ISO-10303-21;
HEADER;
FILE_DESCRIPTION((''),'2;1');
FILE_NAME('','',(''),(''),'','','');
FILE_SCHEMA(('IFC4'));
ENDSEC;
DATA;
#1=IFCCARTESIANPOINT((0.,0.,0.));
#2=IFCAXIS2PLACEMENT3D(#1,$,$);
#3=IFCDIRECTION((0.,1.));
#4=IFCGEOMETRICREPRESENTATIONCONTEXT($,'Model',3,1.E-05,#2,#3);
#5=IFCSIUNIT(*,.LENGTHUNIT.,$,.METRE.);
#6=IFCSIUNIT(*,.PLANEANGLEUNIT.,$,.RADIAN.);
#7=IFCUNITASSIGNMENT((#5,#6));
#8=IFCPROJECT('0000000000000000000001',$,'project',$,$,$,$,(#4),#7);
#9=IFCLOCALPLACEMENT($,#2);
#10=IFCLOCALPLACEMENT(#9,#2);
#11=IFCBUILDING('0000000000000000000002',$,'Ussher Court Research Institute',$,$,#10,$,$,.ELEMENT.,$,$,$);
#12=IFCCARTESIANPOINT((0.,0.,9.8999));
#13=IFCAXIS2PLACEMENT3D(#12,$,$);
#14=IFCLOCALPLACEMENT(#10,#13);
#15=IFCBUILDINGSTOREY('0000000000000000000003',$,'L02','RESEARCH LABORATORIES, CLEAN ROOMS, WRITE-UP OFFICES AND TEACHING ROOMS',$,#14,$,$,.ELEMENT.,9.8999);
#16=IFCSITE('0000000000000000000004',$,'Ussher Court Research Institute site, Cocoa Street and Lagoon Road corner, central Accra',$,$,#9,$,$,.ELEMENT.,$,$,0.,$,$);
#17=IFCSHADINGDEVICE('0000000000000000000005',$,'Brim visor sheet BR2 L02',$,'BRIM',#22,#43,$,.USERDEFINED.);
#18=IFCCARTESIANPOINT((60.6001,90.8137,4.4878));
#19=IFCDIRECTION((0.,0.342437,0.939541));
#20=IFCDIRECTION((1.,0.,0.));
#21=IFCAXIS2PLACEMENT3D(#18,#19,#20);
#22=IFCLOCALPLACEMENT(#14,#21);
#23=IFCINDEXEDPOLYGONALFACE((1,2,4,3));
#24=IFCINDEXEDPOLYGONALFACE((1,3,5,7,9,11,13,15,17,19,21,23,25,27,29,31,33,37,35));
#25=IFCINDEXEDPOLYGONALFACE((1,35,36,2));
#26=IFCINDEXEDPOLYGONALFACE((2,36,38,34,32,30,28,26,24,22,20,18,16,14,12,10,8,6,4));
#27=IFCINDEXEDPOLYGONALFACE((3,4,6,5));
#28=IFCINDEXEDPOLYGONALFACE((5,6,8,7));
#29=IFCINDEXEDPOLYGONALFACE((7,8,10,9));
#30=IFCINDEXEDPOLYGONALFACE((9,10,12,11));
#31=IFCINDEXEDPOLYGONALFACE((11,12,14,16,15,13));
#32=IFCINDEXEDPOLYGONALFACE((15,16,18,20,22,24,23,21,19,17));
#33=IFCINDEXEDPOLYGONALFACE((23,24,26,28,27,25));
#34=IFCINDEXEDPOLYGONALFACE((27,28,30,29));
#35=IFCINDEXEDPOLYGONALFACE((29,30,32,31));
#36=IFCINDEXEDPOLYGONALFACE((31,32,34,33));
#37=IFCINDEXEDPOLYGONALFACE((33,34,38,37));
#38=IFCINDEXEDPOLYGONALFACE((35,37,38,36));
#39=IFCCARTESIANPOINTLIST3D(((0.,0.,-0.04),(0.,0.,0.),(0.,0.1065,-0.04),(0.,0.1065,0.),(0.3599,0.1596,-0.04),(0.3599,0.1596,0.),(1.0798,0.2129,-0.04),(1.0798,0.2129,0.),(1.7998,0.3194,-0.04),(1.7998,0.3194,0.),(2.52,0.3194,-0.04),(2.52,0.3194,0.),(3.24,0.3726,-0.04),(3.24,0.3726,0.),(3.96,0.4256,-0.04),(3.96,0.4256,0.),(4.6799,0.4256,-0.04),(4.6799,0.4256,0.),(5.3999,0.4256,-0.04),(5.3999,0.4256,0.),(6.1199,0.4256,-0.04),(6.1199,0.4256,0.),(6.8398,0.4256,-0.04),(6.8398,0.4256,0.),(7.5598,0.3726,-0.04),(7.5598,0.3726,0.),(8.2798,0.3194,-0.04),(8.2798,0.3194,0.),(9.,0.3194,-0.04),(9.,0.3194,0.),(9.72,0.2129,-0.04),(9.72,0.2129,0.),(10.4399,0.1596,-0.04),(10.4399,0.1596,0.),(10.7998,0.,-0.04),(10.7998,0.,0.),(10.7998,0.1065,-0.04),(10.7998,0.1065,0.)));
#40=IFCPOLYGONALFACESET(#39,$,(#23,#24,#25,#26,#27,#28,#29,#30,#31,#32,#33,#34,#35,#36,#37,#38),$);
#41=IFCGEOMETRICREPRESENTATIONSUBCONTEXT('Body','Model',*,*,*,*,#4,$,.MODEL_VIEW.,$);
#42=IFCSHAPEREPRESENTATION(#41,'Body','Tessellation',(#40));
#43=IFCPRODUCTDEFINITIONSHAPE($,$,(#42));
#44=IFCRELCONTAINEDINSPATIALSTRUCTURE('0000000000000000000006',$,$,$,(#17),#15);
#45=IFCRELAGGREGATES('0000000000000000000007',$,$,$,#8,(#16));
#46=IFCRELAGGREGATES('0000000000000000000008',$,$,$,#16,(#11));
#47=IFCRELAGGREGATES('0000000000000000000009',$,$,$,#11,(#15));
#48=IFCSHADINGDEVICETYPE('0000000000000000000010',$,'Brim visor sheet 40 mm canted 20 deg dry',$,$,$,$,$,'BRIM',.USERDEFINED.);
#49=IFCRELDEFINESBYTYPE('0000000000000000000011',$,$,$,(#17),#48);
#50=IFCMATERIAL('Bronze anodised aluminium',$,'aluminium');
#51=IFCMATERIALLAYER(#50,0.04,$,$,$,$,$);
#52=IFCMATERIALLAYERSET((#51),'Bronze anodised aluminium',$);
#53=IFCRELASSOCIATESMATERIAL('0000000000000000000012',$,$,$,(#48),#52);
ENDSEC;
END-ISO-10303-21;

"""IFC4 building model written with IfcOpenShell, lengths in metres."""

from ifc_helpers import new_model, si_unit, direction, frame, origin, place, context, subcontext, project, spatial, polyline, outline, extrude, material, layer, layer_set, type_object, element, save


model = new_model("IFC4")

# Units and contexts
model_context = context("Model", 3, precision=1e-05, world=origin(), true_north=direction((0.0, 1.0)))
body_context = subcontext(model_context, "Body", "Model", "MODEL_VIEW")
ifc_project = project(units=[si_unit("LENGTHUNIT", "METRE"), si_unit("PLANEANGLEUNIT", "RADIAN")], contexts=[model_context])

# Site, building, storey
site_placement = place(None, origin())
site = spatial("IfcSite", under=ifc_project, at=site_placement, Name="Ussher Court Research Institute site, Cocoa Street and Lagoon Road corner, central Accra", CompositionType="ELEMENT", RefElevation=0.0)
building_placement = place(site_placement, origin())
building = spatial("IfcBuilding", under=site, at=building_placement, Name="Ussher Court Research Institute", CompositionType="ELEMENT")
storey_placement = place(building_placement, frame((0.0, 0.0, 9.8999)))
storey = spatial("IfcBuildingStorey", under=building, at=storey_placement, Name="L02", Description="RESEARCH LABORATORIES, CLEAN ROOMS, WRITE-UP OFFICES AND TEACHING ROOMS", CompositionType="ELEMENT", Elevation=9.8999)

# Shading device
ifc_material_1 = material(Name="Bronze anodised aluminium", Category="aluminium")
ifc_layer_1 = layer(ifc_material_1, 0.04)
ifc_layer_set_1 = layer_set([ifc_layer_1], Name="Bronze anodised aluminium")
shading_device_type_1 = type_object("IfcShadingDeviceType", Name="Brim visor sheet 40 mm canted 20 deg dry", ElementType="BRIM", PredefinedType="USERDEFINED", material=ifc_layer_set_1)
shading_device_1_placement = place(storey_placement, frame((60.6001, 90.8137, 4.4878), z_axis=(0.0, 0.342437, 0.939541), x_axis=(1.0, 0.0, 0.0)))
element("IfcShadingDevice", 1, at=shading_device_1_placement, inside=storey, type_object=shading_device_type_1, Name="Brim visor sheet BR2 L02", ObjectType="BRIM", PredefinedType="USERDEFINED", context=body_context, shape_type="SweptSolid", body=[
    extrude(outline(polyline([(0.0, 0.0), (10.7998, 0.0), (10.7998, 0.1065), (10.4399, 0.1596), (9.72, 0.2129), (9.0, 0.3194), (8.2798, 0.3194), (7.5598, 0.3726), (6.8398, 0.4256), (6.1199, 0.4256), (5.3999, 0.4256), (4.6799, 0.4256), (3.96, 0.4256), (3.24, 0.3726), (2.52, 0.3194), (1.7998, 0.3194), (1.0798, 0.2129), (0.3599, 0.1596), (0.0, 0.1065), (0.0, 0.0)])), origin(), (0.0, 0.0, -1.0), 0.04),
])

save(model, "model.ifc")
